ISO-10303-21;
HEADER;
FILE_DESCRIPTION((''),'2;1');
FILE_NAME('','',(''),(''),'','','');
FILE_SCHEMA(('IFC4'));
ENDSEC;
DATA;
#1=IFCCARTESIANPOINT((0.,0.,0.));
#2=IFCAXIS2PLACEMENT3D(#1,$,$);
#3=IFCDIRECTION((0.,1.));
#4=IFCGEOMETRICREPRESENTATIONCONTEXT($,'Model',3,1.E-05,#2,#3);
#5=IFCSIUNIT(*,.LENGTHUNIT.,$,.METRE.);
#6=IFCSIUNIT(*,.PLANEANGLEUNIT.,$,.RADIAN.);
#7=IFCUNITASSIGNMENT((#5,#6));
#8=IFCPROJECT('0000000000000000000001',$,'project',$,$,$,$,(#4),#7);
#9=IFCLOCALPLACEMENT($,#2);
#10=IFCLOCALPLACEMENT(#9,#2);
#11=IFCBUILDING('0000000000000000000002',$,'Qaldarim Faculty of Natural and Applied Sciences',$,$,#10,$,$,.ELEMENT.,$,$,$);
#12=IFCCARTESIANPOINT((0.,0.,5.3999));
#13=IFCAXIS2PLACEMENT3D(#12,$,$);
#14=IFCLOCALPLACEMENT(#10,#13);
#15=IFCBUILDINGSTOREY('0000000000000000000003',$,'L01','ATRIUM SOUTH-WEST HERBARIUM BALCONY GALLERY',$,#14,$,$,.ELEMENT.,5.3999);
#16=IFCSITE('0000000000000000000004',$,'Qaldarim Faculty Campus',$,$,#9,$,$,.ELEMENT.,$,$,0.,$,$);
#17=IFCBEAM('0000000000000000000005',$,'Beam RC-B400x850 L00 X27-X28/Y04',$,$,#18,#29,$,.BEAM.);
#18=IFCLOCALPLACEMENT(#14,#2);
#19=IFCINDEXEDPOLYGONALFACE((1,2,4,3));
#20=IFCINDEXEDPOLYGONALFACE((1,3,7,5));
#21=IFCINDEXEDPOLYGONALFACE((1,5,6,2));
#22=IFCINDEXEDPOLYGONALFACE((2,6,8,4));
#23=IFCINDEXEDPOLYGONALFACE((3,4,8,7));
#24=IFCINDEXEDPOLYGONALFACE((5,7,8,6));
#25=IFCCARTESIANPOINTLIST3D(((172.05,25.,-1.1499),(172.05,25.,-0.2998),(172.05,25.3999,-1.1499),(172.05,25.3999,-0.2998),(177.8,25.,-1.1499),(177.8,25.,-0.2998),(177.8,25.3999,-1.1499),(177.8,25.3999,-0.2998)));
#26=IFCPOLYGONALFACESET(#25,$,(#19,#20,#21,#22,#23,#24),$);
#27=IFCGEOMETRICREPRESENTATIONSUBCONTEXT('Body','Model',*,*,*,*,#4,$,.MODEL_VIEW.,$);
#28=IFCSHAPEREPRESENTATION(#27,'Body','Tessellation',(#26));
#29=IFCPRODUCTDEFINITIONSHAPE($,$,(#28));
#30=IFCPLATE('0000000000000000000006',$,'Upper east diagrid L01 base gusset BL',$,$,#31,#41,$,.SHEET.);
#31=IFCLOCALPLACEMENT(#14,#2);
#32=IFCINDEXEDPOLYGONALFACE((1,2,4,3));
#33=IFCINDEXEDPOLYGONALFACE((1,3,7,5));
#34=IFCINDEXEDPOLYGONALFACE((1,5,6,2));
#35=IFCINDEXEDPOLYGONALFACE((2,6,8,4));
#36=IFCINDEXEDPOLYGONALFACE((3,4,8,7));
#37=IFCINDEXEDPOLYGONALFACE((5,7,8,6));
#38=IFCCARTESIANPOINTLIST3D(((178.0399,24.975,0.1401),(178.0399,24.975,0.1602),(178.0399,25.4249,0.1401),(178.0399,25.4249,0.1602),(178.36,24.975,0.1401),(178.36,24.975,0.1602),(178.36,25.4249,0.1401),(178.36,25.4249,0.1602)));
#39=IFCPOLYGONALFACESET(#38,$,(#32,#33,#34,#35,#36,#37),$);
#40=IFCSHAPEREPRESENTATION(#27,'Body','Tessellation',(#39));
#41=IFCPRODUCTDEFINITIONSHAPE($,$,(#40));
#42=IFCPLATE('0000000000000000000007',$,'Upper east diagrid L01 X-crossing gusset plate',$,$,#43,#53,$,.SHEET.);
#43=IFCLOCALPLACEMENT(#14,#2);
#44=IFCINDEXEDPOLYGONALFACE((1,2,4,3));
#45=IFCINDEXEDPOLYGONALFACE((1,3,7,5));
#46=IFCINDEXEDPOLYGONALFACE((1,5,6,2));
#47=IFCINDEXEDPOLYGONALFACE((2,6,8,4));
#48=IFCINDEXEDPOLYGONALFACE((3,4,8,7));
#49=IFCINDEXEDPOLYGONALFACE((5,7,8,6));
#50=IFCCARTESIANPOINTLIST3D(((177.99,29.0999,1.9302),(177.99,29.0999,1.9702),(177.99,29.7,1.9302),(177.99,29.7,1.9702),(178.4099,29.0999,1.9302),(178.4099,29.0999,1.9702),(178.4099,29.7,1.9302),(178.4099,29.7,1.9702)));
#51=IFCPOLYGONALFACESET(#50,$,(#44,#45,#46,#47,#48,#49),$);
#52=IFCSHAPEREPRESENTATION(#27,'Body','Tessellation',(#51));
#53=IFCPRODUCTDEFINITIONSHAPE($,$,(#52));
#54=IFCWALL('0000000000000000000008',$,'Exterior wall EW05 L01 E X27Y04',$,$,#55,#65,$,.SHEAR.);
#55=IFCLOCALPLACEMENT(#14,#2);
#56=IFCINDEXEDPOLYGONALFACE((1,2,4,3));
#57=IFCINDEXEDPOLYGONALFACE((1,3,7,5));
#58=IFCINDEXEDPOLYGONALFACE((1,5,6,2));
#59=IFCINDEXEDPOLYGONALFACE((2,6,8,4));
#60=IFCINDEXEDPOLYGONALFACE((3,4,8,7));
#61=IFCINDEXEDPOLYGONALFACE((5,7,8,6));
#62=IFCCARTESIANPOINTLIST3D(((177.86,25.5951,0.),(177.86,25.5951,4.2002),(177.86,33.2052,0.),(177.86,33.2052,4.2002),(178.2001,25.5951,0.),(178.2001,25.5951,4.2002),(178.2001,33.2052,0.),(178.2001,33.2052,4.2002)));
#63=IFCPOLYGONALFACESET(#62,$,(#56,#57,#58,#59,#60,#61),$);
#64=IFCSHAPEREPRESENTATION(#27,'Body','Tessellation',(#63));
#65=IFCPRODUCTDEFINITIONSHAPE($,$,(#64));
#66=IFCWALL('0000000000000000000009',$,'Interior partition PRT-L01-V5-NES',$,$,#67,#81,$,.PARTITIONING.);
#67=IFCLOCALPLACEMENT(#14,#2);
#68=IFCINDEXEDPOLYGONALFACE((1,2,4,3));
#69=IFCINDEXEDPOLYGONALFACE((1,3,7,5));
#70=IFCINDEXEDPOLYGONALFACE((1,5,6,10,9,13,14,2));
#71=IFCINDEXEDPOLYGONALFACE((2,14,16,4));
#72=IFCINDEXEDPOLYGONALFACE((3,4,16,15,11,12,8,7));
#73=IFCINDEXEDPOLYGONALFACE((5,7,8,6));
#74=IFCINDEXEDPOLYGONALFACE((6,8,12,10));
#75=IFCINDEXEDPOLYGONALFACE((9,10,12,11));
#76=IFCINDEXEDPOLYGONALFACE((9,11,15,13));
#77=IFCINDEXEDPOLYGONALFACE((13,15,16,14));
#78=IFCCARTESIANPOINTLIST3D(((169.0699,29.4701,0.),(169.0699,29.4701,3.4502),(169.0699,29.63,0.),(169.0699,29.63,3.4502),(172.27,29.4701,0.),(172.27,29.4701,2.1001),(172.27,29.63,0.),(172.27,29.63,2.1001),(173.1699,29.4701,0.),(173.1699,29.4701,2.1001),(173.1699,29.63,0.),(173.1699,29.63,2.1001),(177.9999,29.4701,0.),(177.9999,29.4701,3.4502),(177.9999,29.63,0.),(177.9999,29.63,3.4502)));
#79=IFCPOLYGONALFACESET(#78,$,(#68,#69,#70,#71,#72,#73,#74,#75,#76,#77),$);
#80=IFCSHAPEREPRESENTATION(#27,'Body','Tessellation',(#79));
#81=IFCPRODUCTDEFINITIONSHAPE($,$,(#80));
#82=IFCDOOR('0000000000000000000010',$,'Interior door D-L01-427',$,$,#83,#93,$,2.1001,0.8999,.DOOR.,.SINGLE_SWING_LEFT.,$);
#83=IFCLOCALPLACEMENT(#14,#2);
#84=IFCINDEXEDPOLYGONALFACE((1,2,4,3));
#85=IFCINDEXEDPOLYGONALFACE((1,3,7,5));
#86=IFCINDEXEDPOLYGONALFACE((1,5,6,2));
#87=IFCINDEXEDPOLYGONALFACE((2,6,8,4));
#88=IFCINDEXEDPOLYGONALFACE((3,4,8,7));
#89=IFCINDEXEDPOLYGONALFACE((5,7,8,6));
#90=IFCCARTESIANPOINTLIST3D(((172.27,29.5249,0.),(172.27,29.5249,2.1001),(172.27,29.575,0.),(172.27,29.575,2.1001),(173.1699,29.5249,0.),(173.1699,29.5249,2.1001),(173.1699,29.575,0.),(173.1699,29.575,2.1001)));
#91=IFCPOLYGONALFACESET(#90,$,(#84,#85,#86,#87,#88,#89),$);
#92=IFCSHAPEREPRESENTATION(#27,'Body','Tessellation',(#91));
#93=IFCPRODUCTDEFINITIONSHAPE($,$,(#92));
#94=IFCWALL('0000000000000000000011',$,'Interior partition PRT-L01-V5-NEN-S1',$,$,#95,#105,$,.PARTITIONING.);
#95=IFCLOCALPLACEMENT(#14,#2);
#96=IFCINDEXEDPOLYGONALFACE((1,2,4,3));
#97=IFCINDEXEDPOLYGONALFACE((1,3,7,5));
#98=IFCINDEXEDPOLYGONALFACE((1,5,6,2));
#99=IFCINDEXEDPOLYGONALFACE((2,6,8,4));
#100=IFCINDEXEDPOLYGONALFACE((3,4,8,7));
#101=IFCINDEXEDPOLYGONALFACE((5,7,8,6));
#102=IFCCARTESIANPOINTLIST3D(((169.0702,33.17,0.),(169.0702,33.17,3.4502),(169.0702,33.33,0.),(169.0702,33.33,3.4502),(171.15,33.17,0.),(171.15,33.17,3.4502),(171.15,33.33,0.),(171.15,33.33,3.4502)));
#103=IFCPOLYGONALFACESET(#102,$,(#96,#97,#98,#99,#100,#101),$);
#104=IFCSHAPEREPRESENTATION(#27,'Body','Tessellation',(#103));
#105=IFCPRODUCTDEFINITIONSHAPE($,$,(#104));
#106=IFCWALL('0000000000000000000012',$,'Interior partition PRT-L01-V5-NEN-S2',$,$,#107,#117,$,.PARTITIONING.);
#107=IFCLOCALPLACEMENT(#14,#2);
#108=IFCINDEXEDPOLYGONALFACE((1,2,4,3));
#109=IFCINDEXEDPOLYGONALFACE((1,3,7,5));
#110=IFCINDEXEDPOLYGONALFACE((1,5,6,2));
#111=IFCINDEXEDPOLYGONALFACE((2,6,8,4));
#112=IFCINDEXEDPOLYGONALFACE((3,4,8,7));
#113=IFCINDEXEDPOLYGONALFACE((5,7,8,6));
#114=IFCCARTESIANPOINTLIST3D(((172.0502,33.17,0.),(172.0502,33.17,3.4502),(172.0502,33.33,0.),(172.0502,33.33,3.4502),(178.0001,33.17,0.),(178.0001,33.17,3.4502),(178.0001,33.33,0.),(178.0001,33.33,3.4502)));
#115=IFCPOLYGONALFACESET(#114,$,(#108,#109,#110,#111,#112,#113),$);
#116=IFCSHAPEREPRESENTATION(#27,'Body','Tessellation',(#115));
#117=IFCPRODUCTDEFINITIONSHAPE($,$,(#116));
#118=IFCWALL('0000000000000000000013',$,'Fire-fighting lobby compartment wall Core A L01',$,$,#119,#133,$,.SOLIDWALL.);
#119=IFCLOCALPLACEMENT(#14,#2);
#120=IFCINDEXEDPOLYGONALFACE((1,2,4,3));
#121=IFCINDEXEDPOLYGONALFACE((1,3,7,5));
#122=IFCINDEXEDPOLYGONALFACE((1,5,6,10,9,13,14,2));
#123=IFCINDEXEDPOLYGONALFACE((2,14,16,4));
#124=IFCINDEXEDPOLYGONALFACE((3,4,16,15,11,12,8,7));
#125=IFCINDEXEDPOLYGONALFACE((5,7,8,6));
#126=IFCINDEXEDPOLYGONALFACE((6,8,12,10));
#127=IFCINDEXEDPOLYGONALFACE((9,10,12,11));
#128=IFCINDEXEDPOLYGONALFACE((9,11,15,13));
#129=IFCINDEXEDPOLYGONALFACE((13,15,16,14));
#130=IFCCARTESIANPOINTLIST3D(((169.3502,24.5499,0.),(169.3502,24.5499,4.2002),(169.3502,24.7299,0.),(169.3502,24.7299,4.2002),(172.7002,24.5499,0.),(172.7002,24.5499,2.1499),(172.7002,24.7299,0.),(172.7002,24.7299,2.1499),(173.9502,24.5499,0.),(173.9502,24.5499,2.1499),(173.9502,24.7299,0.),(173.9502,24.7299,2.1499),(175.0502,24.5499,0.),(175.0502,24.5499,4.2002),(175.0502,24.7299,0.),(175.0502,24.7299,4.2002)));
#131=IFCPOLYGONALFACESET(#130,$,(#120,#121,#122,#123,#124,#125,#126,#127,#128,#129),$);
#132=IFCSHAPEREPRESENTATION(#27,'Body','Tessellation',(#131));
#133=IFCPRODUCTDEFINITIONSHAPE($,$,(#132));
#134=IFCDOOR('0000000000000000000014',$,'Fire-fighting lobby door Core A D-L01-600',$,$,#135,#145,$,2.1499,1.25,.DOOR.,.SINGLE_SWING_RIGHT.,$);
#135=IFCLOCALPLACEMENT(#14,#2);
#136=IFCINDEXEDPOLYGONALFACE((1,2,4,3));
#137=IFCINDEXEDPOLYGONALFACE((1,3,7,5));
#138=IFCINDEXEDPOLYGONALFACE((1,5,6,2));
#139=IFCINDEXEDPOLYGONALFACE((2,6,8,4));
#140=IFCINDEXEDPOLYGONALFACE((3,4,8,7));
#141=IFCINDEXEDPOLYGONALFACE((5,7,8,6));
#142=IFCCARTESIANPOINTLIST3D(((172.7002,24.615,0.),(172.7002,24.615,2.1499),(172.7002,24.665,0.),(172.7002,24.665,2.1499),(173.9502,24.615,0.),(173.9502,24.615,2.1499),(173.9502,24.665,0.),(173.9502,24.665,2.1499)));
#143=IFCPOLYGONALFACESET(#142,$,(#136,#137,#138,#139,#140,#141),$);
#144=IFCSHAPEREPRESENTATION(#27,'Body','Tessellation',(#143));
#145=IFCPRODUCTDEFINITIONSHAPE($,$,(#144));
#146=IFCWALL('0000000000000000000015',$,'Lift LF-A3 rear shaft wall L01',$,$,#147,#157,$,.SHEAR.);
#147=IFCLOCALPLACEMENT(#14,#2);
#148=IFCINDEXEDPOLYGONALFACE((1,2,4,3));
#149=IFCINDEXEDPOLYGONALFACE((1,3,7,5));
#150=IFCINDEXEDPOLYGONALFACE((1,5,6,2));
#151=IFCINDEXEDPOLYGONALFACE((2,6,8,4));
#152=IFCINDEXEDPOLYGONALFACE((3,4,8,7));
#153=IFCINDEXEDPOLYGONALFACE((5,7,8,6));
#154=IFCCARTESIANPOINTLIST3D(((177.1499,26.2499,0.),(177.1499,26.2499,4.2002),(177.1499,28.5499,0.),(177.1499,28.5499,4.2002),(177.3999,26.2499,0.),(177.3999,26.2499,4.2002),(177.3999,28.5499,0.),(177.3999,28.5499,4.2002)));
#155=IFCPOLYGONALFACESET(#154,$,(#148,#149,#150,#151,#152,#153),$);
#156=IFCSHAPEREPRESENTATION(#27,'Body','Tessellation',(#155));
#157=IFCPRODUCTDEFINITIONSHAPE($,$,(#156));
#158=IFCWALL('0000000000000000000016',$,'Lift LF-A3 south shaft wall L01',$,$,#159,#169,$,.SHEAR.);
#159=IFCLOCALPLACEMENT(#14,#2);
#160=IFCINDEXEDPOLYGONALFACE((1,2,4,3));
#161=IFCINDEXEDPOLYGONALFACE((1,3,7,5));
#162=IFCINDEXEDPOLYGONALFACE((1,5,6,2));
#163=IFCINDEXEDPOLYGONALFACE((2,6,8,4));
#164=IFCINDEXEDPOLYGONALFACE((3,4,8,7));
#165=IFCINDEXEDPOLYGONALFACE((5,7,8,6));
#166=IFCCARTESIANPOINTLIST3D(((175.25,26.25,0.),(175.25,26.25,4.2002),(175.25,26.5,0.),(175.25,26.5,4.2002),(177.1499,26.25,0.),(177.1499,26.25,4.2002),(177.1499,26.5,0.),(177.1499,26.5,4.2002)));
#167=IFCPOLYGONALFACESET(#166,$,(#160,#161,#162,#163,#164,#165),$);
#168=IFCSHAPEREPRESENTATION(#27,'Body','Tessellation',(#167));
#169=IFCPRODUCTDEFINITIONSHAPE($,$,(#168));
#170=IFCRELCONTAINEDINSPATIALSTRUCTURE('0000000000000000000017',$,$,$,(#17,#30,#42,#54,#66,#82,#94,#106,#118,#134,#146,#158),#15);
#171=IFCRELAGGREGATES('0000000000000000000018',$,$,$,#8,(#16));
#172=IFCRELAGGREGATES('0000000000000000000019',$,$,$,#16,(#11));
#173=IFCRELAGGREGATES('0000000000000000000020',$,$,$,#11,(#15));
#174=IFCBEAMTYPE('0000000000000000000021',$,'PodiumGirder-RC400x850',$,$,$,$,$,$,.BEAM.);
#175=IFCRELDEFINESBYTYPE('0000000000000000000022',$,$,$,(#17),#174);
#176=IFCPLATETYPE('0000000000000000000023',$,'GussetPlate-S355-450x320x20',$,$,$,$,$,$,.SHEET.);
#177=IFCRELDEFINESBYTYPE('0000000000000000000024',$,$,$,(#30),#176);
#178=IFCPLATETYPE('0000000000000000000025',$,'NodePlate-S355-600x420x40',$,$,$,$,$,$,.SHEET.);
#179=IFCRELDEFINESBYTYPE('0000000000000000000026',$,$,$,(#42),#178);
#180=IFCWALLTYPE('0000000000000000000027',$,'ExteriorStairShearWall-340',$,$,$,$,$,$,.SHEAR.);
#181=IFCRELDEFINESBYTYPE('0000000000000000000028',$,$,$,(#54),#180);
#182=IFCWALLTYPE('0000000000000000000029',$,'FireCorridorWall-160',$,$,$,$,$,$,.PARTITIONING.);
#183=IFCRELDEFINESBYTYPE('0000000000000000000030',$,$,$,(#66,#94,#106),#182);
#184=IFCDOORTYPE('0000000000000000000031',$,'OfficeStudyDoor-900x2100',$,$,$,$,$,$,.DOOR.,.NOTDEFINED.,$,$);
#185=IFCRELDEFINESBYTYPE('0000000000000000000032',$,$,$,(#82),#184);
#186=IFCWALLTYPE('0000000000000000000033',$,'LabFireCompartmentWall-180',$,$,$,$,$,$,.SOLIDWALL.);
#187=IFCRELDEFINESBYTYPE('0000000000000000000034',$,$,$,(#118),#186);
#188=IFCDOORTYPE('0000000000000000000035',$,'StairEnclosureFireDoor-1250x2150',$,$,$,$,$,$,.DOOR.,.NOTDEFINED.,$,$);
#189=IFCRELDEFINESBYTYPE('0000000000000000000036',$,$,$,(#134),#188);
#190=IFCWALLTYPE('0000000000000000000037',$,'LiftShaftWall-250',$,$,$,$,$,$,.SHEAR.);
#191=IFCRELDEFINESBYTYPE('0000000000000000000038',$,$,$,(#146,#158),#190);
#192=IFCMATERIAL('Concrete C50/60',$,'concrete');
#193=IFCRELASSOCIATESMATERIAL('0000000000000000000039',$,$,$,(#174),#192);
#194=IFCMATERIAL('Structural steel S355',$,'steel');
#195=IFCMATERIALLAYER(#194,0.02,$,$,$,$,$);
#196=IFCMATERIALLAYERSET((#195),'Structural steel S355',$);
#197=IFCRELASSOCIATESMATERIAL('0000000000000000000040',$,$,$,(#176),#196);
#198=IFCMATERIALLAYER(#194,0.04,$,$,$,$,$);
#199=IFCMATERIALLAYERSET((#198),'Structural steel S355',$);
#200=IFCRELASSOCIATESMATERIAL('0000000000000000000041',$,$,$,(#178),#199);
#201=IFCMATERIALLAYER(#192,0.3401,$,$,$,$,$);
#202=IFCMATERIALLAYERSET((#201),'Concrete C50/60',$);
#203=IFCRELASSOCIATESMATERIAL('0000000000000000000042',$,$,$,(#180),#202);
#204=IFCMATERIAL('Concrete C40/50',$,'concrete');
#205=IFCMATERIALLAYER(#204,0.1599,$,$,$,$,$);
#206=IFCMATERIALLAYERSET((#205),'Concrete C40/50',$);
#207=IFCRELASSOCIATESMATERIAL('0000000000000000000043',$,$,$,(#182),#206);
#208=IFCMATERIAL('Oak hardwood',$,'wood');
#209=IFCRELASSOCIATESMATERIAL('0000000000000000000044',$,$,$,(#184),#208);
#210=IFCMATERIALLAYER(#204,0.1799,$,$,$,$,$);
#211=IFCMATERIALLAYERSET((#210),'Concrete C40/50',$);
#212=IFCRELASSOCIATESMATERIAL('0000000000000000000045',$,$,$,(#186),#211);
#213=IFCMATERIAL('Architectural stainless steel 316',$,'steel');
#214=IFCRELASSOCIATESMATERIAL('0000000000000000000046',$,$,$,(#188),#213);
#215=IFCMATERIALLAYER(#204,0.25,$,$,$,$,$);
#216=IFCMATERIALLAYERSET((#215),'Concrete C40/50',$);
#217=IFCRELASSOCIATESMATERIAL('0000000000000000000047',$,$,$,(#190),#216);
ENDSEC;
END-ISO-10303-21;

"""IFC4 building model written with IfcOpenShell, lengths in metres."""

from ifc_helpers import new_model, si_unit, direction, frame, frame_2d, origin, origin_2d, place, context, subcontext, project, spatial, rectangle, extrude, material, layer, layer_set, material_profile, profile_set, type_object, element, fill, save


model = new_model("IFC4")

# Units and contexts
model_context = context("Model", 3, precision=1e-05, world=origin(), true_north=direction((0.0, 1.0)))
body_context = subcontext(model_context, "Body", "Model", "MODEL_VIEW")
ifc_project = project(units=[si_unit("LENGTHUNIT", "METRE"), si_unit("PLANEANGLEUNIT", "RADIAN")], contexts=[model_context])

# Site, building, storey
site_placement = place(None, origin())
site = spatial("IfcSite", under=ifc_project, at=site_placement, Name="Qaldarim Faculty Campus", CompositionType="ELEMENT", RefElevation=0.0)
building_placement = place(site_placement, origin())
building = spatial("IfcBuilding", under=site, at=building_placement, Name="Qaldarim Faculty of Natural and Applied Sciences", CompositionType="ELEMENT")
storey_placement = place(building_placement, frame((0.0, 0.0, 5.3999)))
storey = spatial("IfcBuildingStorey", under=building, at=storey_placement, Name="L01", Description="ATRIUM SOUTH-WEST HERBARIUM BALCONY GALLERY", CompositionType="ELEMENT", Elevation=5.3999)

# Shared definitions
ifc_material_1 = material(Name="Concrete C50/60", Category="concrete")

# Shared definitions
ifc_material_2 = material(Name="Structural steel S355", Category="steel")

# Beam
ifc_material_profile_1 = material_profile(ifc_material_1, rectangle(XDim=0.3999, YDim=0.8501, at=origin_2d()), Name="RC-B400x850")
ifc_profile_set_1 = profile_set([ifc_material_profile_1], Name="Concrete C50/60")
beam_type_1 = type_object("IfcBeamType", Name="PodiumGirder-RC400x850", PredefinedType="BEAM", material=ifc_profile_set_1)
beam_1_placement = place(storey_placement, frame((172.05, 25.2, -0.7249), z_axis=(1.0, 0.0, 0.0), x_axis=(0.0, 1.0, 0.0)))
element("IfcBeam", 1, at=beam_1_placement, inside=storey, type_object=beam_type_1, Name="Beam RC-B400x850 L00 X27-X28/Y04", PredefinedType="BEAM", context=body_context, shape_type="SweptSolid", body=[
    extrude(rectangle(XDim=0.3999, YDim=0.8501, at=origin_2d()), origin(), (0.0, 0.0, 1.0), 5.75),
])

# Plates
ifc_layer_1 = layer(ifc_material_2, 0.02)
ifc_layer_set_1 = layer_set([ifc_layer_1], Name="Structural steel S355")
plate_type_1 = type_object("IfcPlateType", Name="GussetPlate-S355-450x320x20", PredefinedType="SHEET", material=ifc_layer_set_1)
plate_1_placement = place(storey_placement, frame((178.2, 25.2, 0.1401), z_axis=(0.0, 0.0, 1.0), x_axis=(0.0, 1.0, 0.0)))
element("IfcPlate", 2, at=plate_1_placement, inside=storey, type_object=plate_type_1, Name="Upper east diagrid L01 base gusset BL", PredefinedType="SHEET", context=body_context, shape_type="SweptSolid", body=[
    extrude(rectangle(XDim=0.45, YDim=0.3201, at=origin_2d()), origin(), (0.0, 0.0, 1.0), 0.02),
])
ifc_layer_2 = layer(ifc_material_2, 0.04)
ifc_layer_set_2 = layer_set([ifc_layer_2], Name="Structural steel S355")
plate_type_2 = type_object("IfcPlateType", Name="NodePlate-S355-600x420x40", PredefinedType="SHEET", material=ifc_layer_set_2)
plate_2_placement = place(storey_placement, frame((178.2, 29.3999, 1.9302), z_axis=(0.0, 0.0, 1.0), x_axis=(0.0, 1.0, 0.0)))
element("IfcPlate", 3, at=plate_2_placement, inside=storey, type_object=plate_type_2, Name="Upper east diagrid L01 X-crossing gusset plate", PredefinedType="SHEET", context=body_context, shape_type="SweptSolid", body=[
    extrude(rectangle(XDim=0.6001, YDim=0.4199, at=origin_2d()), origin(), (0.0, 0.0, 1.0), 0.04),
])

# Wall
ifc_layer_3 = layer(ifc_material_1, 0.3401)
ifc_layer_set_3 = layer_set([ifc_layer_3], Name="Concrete C50/60")
wall_type_1 = type_object("IfcWallType", Name="ExteriorStairShearWall-340", PredefinedType="SHEAR", material=ifc_layer_set_3)
wall_1_placement = place(storey_placement, frame((178.03, 25.595, 0.0), z_axis=(0.0, 0.0, 1.0), x_axis=(0.0, 1.0, 0.0)))
element("IfcWall", 4, at=wall_1_placement, inside=storey, type_object=wall_type_1, Name="Exterior wall EW05 L01 E X27Y04", PredefinedType="SHEAR", context=body_context, shape_type="SweptSolid", body=[
    extrude(rectangle(XDim=7.6101, YDim=0.3401, at=frame_2d((3.8052, 0.0))), origin(), (0.0, 0.0, 1.0), 4.2002),
])

# Wall, opening, door
ifc_material_3 = material(Name="Concrete C40/50", Category="concrete")
ifc_layer_4 = layer(ifc_material_3, 0.1599)
ifc_layer_set_4 = layer_set([ifc_layer_4], Name="Concrete C40/50")
wall_type_2 = type_object("IfcWallType", Name="FireCorridorWall-160", PredefinedType="PARTITIONING", material=ifc_layer_set_4)
wall_2_placement = place(storey_placement, frame((169.0701, 29.55, 0.0), z_axis=(0.0, 0.0, 1.0), x_axis=(1.0, 0.0, 0.0)))
wall_2 = element("IfcWall", 5, at=wall_2_placement, inside=storey, type_object=wall_type_2, Name="Interior partition PRT-L01-V5-NES", PredefinedType="PARTITIONING", context=body_context, shape_type="SweptSolid", body=[
    extrude(rectangle(XDim=8.9299, YDim=0.1599, at=frame_2d((4.4648, 0.0))), origin(), (0.0, 0.0, 1.0), 3.4502),
])
opening_1_placement = place(wall_2_placement, frame((3.2, 0.0, 0.0)))
opening_1 = element("IfcOpeningElement", 6, at=opening_1_placement, cuts=wall_2, PredefinedType="OPENING", context=body_context, shape_type="SweptSolid", body=[
    extrude(rectangle(XDim=0.8999, YDim=2.1001, at=frame_2d((0.45, 1.05))), frame((0.0, 0.0898, 0.0), z_axis=(0.0, -1.0, 0.0), x_axis=(1.0, 0.0, 0.0)), (0.0, 0.0, 1.0), 0.1799),
])
ifc_material_4 = material(Name="Oak hardwood", Category="wood")
door_type_1 = type_object("IfcDoorType", Name="OfficeStudyDoor-900x2100", OperationType="NOTDEFINED", PredefinedType="DOOR", material=ifc_material_4)
door_1_placement = place(opening_1_placement, origin())
door_1 = element("IfcDoor", 7, at=door_1_placement, inside=storey, type_object=door_type_1, Name="Interior door D-L01-427", OperationType="SINGLE_SWING_LEFT", OverallHeight=2.1001, OverallWidth=0.8999, PredefinedType="DOOR", context=body_context, shape_type="SweptSolid", body=[
    extrude(rectangle(XDim=0.8999, YDim=2.1001, at=frame_2d((0.45, 1.05))), frame((0.0, 0.0249, 0.0), z_axis=(0.0, -1.0, 0.0), x_axis=(1.0, 0.0, 0.0)), (0.0, 0.0, 1.0), 0.05),
])
fill(opening_1, door_1)

# Walls
wall_3_placement = place(storey_placement, frame((169.0701, 33.25, 0.0), z_axis=(0.0, 0.0, 1.0), x_axis=(1.0, 0.0, 0.0)))
element("IfcWall", 8, at=wall_3_placement, inside=storey, type_object=wall_type_2, Name="Interior partition PRT-L01-V5-NEN-S1", PredefinedType="PARTITIONING", context=body_context, shape_type="SweptSolid", body=[
    extrude(rectangle(XDim=2.0798, YDim=0.1599, at=frame_2d((1.04, 0.0))), origin(), (0.0, 0.0, 1.0), 3.4502),
])
wall_4_placement = place(storey_placement, frame((172.05, 33.25, 0.0), z_axis=(0.0, 0.0, 1.0), x_axis=(1.0, 0.0, 0.0)))
element("IfcWall", 9, at=wall_4_placement, inside=storey, type_object=wall_type_2, Name="Interior partition PRT-L01-V5-NEN-S2", PredefinedType="PARTITIONING", context=body_context, shape_type="SweptSolid", body=[
    extrude(rectangle(XDim=5.95, YDim=0.1599, at=frame_2d((2.9751, 0.0))), origin(), (0.0, 0.0, 1.0), 3.4502),
])

# Wall, opening, door
ifc_layer_5 = layer(ifc_material_3, 0.1799)
ifc_layer_set_5 = layer_set([ifc_layer_5], Name="Concrete C40/50")
wall_type_3 = type_object("IfcWallType", Name="LabFireCompartmentWall-180", PredefinedType="SOLIDWALL", material=ifc_layer_set_5)
wall_5_placement = place(storey_placement, frame((169.3501, 24.6399, 0.0), z_axis=(0.0, 0.0, 1.0), x_axis=(1.0, 0.0, 0.0)))
wall_5 = element("IfcWall", 10, at=wall_5_placement, inside=storey, type_object=wall_type_3, Name="Fire-fighting lobby compartment wall Core A L01", PredefinedType="SOLIDWALL", context=body_context, shape_type="SweptSolid", body=[
    extrude(rectangle(XDim=5.7, YDim=0.1799, at=frame_2d((2.8501, 0.0))), origin(), (0.0, 0.0, 1.0), 4.2002),
])
opening_2_placement = place(wall_5_placement, frame((3.3501, 0.0, 0.0)))
opening_2 = element("IfcOpeningElement", 11, at=opening_2_placement, cuts=wall_5, PredefinedType="OPENING", context=body_context, shape_type="SweptSolid", body=[
    extrude(rectangle(XDim=1.25, YDim=2.1499, at=frame_2d((0.625, 1.075))), frame((0.0, 0.0999, 0.0), z_axis=(0.0, -1.0, 0.0), x_axis=(1.0, 0.0, 0.0)), (0.0, 0.0, 1.0), 0.2),
])
ifc_material_5 = material(Name="Architectural stainless steel 316", Category="steel")
door_type_2 = type_object("IfcDoorType", Name="StairEnclosureFireDoor-1250x2150", OperationType="NOTDEFINED", PredefinedType="DOOR", material=ifc_material_5)
door_2_placement = place(opening_2_placement, frame((1.25, 0.0, 0.0), z_axis=(0.0, 0.0, 1.0), x_axis=(-1.0, 0.0, 0.0)))
door_2 = element("IfcDoor", 12, at=door_2_placement, inside=storey, type_object=door_type_2, Name="Fire-fighting lobby door Core A D-L01-600", OperationType="SINGLE_SWING_RIGHT", OverallHeight=2.1499, OverallWidth=1.25, PredefinedType="DOOR", context=body_context, shape_type="SweptSolid", body=[
    extrude(rectangle(XDim=1.25, YDim=2.1499, at=frame_2d((0.625, 1.075))), frame((0.0, 0.0249, 0.0), z_axis=(0.0, -1.0, 0.0), x_axis=(1.0, 0.0, 0.0)), (0.0, 0.0, 1.0), 0.05),
])
fill(opening_2, door_2)
ifc_layer_6 = layer(ifc_material_3, 0.25)
ifc_layer_set_6 = layer_set([ifc_layer_6], Name="Concrete C40/50")
wall_type_4 = type_object("IfcWallType", Name="LiftShaftWall-250", PredefinedType="SHEAR", material=ifc_layer_set_6)

# Walls
wall_6_placement = place(storey_placement, frame((177.2749, 26.25, 0.0), z_axis=(0.0, 0.0, 1.0), x_axis=(0.0, 1.0, 0.0)))
element("IfcWall", 13, at=wall_6_placement, inside=storey, type_object=wall_type_4, Name="Lift LF-A3 rear shaft wall L01", PredefinedType="SHEAR", context=body_context, shape_type="SweptSolid", body=[
    extrude(rectangle(XDim=2.3, YDim=0.25, at=frame_2d((1.1499, 0.0))), origin(), (0.0, 0.0, 1.0), 4.2002),
])
for number, where, z_axis, x_axis, name in (
    (14, (175.25, 26.375, 0.0), (0.0, 0.0, 1.0), (1.0, 0.0, 0.0), "Lift LF-A3 south shaft wall L01"),
):
    element("IfcWall", number, at=place(storey_placement, frame(where, z_axis=z_axis, x_axis=x_axis)), inside=storey, type_object=wall_type_4, Name=name, PredefinedType="SHEAR", context=body_context, shape_type="SweptSolid", body=[
        extrude(rectangle(XDim=1.8999, YDim=0.25, at=frame_2d((0.95, 0.0))), origin(), (0.0, 0.0, 1.0), 4.2002),
    ])

save(model, "model.ifc")
